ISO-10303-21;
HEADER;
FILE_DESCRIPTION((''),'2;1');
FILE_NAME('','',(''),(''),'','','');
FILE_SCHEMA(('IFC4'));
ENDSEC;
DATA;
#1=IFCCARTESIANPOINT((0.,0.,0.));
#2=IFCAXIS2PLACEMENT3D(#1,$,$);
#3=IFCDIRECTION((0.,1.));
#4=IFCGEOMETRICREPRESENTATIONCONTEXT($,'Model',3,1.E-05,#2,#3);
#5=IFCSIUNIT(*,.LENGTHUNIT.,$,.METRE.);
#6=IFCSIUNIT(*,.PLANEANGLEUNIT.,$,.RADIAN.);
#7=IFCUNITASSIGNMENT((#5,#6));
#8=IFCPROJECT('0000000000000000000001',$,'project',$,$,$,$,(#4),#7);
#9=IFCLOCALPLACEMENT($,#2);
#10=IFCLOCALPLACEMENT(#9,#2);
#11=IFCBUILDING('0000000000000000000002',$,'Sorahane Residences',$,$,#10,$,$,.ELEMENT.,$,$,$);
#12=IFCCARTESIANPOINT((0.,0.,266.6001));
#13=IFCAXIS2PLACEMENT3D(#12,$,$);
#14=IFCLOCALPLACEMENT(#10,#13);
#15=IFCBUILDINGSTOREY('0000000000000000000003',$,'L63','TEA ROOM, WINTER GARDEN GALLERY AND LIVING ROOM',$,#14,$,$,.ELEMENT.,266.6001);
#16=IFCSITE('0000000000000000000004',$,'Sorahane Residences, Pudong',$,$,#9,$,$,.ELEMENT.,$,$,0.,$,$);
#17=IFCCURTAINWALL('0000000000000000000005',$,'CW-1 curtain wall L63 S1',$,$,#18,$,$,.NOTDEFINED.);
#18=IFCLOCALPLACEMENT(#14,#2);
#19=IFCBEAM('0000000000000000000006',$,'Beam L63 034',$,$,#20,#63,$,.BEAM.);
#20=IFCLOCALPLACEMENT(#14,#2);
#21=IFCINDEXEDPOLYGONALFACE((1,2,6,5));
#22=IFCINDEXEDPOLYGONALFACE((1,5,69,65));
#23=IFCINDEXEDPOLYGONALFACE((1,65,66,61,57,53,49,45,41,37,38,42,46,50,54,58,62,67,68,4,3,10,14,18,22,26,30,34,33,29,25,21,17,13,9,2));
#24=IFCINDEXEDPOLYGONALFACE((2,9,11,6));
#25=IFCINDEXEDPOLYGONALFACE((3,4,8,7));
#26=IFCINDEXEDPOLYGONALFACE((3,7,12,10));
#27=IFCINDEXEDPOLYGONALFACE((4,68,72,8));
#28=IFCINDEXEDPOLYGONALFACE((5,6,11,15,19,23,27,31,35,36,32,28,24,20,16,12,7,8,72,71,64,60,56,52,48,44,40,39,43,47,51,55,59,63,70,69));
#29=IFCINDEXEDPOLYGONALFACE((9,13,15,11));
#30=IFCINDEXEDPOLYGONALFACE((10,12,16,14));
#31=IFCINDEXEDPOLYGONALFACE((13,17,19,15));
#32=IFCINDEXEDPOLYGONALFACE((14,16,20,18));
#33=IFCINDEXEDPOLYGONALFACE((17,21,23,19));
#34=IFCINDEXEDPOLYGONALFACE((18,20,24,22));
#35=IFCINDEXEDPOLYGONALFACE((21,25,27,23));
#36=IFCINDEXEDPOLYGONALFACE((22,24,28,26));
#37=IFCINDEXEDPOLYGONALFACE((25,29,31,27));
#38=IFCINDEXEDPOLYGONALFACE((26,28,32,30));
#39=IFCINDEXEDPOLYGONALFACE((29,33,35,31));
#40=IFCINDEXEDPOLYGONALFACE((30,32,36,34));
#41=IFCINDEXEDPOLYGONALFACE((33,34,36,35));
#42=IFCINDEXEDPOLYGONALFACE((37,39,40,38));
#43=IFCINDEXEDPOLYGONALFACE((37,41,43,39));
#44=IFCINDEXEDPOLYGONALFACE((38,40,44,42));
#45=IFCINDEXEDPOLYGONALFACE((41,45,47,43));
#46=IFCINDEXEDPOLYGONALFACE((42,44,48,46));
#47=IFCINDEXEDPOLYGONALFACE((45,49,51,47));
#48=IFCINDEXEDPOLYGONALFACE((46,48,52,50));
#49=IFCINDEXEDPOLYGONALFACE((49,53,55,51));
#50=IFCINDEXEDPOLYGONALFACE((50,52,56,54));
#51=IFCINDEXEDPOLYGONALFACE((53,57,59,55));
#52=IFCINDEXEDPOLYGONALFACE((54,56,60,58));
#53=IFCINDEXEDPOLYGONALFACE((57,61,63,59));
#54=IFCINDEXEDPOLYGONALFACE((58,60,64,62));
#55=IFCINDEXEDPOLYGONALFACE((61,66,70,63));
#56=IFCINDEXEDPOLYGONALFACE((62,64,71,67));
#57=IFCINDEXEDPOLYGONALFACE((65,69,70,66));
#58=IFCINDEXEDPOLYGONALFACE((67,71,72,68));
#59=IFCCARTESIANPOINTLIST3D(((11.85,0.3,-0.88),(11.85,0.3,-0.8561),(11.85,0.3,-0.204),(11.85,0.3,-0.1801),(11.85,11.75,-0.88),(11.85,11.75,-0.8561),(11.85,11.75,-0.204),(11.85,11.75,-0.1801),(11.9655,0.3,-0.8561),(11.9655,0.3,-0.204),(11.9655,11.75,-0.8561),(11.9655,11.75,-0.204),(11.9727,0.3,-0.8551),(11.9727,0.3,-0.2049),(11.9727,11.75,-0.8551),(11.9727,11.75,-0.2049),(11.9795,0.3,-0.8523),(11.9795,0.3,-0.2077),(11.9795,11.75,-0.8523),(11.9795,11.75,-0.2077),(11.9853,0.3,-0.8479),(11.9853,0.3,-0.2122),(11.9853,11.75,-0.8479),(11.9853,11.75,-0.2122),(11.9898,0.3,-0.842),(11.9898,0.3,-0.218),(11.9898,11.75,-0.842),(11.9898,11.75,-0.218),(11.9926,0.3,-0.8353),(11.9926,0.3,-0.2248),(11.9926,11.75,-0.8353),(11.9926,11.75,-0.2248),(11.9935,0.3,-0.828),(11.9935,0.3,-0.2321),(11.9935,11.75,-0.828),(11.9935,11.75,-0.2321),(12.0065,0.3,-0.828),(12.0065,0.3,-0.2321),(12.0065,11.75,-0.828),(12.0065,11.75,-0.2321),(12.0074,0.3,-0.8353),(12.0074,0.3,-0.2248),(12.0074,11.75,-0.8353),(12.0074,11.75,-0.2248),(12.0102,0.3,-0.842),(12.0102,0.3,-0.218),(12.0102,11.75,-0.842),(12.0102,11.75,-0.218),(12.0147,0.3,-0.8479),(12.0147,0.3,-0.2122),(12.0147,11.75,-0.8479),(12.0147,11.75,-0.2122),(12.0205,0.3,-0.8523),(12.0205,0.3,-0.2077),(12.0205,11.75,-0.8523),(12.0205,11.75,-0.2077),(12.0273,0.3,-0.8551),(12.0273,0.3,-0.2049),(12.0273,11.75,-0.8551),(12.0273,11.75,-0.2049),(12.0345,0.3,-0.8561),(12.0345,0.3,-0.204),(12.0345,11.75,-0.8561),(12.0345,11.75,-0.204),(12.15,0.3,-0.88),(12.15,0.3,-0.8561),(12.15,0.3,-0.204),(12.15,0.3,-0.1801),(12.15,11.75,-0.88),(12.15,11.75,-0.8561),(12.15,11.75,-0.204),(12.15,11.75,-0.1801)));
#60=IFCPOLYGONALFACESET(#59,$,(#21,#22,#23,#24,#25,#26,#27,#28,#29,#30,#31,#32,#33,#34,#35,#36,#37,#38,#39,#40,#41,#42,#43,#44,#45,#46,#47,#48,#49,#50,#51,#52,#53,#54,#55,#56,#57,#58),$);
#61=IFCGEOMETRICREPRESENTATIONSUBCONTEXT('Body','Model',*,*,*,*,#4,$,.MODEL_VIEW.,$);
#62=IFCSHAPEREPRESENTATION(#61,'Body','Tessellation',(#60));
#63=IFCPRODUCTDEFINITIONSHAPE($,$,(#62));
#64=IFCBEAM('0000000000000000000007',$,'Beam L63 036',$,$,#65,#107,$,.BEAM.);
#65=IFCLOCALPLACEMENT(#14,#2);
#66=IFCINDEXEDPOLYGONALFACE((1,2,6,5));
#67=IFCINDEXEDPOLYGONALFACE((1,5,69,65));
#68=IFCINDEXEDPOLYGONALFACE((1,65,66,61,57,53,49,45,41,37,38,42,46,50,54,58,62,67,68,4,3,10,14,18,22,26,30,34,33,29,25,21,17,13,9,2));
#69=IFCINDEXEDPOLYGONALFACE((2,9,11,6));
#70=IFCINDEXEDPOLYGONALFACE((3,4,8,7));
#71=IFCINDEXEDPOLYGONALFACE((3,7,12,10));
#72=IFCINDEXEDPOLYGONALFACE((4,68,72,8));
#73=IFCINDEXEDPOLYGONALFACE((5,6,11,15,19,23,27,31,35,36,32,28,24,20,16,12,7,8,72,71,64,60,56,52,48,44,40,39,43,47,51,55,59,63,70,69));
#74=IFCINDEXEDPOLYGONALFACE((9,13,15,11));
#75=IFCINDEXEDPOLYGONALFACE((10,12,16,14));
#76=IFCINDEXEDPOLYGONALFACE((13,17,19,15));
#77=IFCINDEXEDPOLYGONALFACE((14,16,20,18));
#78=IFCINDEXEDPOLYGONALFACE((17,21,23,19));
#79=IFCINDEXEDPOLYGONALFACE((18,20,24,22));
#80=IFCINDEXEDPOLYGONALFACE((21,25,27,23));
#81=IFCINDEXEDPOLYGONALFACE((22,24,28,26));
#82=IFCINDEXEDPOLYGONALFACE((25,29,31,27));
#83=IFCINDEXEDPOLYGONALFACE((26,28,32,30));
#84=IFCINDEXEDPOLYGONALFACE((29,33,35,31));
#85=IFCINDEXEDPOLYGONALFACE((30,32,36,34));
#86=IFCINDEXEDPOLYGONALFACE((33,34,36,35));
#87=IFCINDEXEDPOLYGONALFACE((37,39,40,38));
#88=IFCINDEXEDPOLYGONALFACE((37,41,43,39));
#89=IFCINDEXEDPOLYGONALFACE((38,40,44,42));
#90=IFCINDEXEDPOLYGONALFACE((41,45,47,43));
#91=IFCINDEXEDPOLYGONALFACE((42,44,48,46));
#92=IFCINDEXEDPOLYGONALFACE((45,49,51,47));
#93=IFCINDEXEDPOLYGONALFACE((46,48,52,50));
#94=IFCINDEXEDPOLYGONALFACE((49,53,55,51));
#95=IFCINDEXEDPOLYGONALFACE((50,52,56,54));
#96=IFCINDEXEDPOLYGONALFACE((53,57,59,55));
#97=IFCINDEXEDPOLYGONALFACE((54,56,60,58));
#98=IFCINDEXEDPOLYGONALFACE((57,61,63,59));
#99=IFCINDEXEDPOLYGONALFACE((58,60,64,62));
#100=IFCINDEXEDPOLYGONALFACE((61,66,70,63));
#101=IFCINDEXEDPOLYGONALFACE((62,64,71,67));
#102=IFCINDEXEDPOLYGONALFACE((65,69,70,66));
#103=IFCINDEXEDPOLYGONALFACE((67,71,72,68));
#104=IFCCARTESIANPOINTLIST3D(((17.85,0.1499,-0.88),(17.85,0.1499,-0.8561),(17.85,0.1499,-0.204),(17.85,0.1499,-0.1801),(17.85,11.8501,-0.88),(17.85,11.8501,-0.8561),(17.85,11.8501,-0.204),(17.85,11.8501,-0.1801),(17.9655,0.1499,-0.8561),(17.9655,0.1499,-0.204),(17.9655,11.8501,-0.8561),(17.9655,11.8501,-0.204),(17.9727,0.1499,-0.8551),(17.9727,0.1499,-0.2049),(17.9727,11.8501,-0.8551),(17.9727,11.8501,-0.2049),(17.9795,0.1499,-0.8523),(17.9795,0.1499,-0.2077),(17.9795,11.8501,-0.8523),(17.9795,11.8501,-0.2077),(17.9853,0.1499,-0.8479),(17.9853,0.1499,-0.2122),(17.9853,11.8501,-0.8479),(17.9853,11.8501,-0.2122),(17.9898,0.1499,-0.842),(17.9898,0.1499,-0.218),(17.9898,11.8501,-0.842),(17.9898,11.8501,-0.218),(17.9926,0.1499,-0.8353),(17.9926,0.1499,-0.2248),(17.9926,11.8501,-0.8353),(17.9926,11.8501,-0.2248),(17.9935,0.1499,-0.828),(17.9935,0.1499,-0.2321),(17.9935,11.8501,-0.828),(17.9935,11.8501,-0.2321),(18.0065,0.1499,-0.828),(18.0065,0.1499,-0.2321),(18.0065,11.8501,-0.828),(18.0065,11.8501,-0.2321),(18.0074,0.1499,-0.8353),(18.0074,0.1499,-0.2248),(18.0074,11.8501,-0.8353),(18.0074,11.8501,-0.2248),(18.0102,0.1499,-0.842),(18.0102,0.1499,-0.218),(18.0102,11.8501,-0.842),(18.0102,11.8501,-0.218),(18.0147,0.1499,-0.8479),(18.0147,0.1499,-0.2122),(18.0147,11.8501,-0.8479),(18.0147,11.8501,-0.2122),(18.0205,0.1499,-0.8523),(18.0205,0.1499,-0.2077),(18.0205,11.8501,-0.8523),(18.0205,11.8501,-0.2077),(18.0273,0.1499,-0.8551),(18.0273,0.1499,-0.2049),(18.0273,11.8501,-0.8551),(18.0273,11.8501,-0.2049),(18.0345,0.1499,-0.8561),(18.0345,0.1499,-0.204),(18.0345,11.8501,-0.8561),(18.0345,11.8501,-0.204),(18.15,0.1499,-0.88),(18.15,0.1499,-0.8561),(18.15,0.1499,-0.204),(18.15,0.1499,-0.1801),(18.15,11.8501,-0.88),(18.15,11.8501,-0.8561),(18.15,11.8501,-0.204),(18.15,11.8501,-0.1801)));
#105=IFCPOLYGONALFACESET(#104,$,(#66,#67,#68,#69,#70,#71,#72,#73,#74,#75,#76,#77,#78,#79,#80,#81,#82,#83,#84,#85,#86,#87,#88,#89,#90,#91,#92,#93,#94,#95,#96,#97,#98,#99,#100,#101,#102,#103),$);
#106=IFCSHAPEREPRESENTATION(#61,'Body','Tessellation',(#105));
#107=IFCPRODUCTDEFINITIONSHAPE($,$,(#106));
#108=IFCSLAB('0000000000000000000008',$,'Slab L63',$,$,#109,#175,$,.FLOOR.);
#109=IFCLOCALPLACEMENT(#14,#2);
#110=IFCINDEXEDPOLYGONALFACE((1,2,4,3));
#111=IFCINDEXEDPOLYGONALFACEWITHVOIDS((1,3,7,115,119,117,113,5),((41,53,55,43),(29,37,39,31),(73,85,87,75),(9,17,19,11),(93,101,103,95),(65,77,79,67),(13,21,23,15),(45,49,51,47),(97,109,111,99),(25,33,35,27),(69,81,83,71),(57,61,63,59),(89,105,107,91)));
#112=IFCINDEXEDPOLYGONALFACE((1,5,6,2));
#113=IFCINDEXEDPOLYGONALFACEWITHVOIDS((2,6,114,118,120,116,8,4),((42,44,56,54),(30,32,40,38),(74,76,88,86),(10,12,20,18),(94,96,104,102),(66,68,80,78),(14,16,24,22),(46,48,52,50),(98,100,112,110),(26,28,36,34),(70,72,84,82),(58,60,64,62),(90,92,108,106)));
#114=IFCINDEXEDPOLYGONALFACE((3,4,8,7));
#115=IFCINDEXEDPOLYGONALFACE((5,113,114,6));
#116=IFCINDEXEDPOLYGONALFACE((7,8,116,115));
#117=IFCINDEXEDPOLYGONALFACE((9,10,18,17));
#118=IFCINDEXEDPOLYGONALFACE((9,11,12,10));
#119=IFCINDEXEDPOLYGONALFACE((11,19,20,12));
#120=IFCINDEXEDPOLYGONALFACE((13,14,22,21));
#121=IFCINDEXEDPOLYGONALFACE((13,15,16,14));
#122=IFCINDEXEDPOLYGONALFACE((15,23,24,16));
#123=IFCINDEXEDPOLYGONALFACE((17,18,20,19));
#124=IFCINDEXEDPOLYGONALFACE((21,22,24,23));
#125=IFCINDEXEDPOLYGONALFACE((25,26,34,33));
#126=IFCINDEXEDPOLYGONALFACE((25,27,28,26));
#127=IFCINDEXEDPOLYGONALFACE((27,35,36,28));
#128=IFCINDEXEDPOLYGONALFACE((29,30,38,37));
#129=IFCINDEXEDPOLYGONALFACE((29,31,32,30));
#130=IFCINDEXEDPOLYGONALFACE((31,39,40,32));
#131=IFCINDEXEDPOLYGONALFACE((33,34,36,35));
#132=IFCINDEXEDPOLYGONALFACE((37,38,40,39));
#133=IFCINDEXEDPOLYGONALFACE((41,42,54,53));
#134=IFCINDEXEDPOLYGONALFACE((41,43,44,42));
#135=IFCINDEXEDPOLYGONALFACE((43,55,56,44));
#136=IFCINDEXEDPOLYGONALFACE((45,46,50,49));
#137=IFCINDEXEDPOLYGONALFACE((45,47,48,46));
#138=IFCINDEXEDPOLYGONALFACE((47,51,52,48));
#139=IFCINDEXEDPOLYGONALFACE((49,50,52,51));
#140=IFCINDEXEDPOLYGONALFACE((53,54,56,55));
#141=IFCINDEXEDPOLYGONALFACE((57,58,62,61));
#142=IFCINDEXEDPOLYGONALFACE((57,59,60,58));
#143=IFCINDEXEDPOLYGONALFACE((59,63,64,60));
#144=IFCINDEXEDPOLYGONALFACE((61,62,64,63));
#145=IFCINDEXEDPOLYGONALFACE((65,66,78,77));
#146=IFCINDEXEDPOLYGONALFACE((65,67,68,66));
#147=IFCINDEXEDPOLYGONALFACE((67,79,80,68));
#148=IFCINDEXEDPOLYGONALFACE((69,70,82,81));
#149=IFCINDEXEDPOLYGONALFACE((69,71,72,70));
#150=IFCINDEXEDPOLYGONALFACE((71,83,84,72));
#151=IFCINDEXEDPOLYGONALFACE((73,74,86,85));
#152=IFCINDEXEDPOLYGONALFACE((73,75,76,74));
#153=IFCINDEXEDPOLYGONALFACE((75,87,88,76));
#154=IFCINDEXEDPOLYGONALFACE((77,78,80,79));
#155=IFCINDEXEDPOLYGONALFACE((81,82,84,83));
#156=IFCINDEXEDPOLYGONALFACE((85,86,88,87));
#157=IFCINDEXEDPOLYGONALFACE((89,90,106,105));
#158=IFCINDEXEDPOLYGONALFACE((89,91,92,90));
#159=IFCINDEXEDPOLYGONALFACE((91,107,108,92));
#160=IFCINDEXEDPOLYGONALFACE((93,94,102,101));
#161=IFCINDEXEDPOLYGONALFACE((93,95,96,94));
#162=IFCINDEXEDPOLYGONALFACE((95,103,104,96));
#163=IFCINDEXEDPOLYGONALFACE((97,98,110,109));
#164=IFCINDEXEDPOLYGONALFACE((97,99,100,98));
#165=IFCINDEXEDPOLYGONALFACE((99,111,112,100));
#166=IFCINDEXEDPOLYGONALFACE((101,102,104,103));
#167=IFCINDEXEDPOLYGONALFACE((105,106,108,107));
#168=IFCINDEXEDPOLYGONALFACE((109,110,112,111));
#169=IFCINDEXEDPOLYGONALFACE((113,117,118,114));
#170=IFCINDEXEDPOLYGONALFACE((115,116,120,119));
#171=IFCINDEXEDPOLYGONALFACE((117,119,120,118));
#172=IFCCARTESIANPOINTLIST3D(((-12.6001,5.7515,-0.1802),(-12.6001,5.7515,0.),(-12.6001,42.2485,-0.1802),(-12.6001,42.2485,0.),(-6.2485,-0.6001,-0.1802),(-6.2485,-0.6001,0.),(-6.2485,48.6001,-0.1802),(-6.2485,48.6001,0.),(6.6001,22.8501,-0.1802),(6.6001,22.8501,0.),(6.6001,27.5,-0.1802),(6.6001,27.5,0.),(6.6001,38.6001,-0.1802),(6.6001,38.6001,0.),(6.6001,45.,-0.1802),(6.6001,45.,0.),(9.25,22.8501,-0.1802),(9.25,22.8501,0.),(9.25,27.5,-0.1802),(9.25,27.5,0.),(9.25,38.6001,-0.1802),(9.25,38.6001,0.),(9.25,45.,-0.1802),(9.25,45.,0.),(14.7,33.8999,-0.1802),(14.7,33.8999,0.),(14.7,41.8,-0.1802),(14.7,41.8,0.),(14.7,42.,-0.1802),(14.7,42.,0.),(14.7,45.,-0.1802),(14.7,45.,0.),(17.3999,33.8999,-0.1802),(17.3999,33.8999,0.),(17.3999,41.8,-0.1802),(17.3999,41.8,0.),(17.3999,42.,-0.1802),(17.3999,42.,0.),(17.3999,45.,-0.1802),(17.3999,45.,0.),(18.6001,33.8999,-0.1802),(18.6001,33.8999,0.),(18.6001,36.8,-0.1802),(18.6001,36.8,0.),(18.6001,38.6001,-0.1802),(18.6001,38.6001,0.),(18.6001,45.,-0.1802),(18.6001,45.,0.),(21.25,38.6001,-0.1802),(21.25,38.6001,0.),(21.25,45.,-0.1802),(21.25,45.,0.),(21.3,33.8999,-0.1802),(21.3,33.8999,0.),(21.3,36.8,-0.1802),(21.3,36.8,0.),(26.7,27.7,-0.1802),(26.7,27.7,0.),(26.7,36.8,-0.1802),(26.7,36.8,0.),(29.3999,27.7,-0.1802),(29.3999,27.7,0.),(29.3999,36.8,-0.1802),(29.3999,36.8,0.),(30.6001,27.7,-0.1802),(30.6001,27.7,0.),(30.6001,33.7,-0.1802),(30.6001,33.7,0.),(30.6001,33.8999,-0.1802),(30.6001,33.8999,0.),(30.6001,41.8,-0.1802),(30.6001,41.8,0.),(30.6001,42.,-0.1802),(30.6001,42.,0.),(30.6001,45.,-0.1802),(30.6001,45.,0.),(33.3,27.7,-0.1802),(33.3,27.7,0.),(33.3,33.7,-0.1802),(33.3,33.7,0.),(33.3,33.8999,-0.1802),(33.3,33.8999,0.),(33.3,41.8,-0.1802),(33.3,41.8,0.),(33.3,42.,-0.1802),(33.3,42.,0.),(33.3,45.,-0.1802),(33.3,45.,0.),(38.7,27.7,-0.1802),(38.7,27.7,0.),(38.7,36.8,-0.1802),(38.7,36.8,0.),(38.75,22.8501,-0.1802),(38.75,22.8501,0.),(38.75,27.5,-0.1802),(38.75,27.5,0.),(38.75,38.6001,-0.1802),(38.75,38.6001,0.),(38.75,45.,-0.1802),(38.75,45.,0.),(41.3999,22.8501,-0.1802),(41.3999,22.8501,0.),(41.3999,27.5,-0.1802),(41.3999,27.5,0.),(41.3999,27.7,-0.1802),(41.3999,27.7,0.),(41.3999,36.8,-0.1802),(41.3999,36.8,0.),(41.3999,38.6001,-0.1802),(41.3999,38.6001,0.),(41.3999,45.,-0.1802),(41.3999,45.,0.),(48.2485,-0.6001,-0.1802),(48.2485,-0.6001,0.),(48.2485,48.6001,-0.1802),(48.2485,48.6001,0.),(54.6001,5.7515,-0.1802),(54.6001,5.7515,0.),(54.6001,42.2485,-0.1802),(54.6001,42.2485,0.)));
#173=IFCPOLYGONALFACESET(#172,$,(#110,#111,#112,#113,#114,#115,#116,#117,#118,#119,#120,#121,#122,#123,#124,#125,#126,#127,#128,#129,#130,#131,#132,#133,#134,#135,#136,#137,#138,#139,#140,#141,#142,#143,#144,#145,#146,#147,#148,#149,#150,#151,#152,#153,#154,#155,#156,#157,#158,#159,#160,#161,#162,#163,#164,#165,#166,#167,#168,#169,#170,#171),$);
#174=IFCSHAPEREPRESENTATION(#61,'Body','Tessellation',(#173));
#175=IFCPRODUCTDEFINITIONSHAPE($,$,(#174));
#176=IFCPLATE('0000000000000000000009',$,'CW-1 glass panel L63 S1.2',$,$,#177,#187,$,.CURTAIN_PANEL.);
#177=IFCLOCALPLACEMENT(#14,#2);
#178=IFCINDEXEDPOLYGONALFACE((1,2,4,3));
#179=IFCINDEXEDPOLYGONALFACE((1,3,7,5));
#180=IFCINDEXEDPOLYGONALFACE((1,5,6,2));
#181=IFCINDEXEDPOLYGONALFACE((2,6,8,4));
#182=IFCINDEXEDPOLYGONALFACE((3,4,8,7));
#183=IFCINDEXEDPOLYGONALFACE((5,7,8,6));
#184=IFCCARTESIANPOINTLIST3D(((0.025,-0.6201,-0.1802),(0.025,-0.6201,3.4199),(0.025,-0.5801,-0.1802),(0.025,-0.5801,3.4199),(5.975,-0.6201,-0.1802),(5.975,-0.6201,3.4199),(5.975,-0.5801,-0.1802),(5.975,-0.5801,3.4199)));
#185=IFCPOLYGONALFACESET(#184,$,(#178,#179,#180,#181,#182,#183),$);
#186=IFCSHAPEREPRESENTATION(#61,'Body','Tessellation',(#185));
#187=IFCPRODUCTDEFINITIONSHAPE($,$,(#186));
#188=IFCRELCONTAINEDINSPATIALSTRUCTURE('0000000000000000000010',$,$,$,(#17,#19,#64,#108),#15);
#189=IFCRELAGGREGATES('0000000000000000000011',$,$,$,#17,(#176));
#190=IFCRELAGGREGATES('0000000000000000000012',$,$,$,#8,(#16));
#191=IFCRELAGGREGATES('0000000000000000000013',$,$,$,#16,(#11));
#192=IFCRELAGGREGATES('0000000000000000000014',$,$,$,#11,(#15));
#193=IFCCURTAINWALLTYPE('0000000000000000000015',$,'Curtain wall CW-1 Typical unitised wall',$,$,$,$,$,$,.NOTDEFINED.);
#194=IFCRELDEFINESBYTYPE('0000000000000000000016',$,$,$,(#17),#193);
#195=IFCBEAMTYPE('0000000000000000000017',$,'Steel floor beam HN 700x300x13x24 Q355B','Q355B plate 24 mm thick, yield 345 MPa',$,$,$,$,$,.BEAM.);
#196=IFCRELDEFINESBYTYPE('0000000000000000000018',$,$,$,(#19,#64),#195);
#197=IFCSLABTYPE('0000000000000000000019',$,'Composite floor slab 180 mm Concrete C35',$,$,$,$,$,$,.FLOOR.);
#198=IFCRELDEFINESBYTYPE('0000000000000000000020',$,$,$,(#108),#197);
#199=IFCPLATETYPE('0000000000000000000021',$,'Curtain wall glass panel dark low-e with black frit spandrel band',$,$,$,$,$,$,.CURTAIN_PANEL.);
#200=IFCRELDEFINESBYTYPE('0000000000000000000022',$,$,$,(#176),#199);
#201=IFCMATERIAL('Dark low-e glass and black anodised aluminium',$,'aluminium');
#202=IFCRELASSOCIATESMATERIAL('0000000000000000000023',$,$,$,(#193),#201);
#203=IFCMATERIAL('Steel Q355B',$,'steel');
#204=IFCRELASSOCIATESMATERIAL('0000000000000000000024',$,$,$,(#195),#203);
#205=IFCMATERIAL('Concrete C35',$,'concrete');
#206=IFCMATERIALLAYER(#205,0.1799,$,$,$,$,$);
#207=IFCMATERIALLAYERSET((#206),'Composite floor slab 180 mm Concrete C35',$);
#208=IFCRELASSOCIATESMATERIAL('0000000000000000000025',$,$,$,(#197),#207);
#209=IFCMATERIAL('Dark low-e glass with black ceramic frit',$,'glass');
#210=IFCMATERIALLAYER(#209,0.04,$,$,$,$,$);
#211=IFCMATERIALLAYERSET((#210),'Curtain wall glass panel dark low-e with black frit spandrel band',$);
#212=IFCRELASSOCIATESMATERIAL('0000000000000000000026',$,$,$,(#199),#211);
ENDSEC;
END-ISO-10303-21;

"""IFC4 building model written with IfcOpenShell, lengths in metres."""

from ifc_helpers import new_model, si_unit, direction, frame, origin, origin_2d, place, context, subcontext, project, spatial, polyline, rectangle, i_section, outline, extrude, material, layer, layer_set, material_profile, profile_set, type_object, element, aggregate, save


model = new_model("IFC4")

# Units and contexts
model_context = context("Model", 3, precision=1e-05, world=origin(), true_north=direction((0.0, 1.0)))
body_context = subcontext(model_context, "Body", "Model", "MODEL_VIEW")
ifc_project = project(units=[si_unit("LENGTHUNIT", "METRE"), si_unit("PLANEANGLEUNIT", "RADIAN")], contexts=[model_context])

# Site, building, storey
site_placement = place(None, origin())
site = spatial("IfcSite", under=ifc_project, at=site_placement, Name="Sorahane Residences, Pudong", CompositionType="ELEMENT", RefElevation=0.0)
building_placement = place(site_placement, origin())
building = spatial("IfcBuilding", under=site, at=building_placement, Name="Sorahane Residences", CompositionType="ELEMENT")
storey_placement = place(building_placement, frame((0.0, 0.0, 266.6001)))
storey = spatial("IfcBuildingStorey", under=building, at=storey_placement, Name="L63", Description="TEA ROOM, WINTER GARDEN GALLERY AND LIVING ROOM", CompositionType="ELEMENT", Elevation=266.6001)

# Curtain wall
ifc_material_1 = material(Name="Dark low-e glass and black anodised aluminium", Category="aluminium")
curtain_wall_type = type_object("IfcCurtainWallType", Name="Curtain wall CW-1 Typical unitised wall", PredefinedType="NOTDEFINED", material=ifc_material_1)
curtain_wall_placement = place(storey_placement, origin())
curtain_wall = element("IfcCurtainWall", 1, at=curtain_wall_placement, inside=storey, type_object=curtain_wall_type, Name="CW-1 curtain wall L63 S1", PredefinedType="NOTDEFINED")

# Beams
ifc_material_2 = material(Name="Steel Q355B", Category="steel")
ifc_material_profile_1 = material_profile(ifc_material_2, i_section(OverallWidth=0.3, OverallDepth=0.7, WebThickness=0.0129, FlangeThickness=0.0239, FilletRadius=0.0281, at=origin_2d()), Name="HN 700x300x13x24")
ifc_profile_set_1 = profile_set([ifc_material_profile_1], Name="Steel Q355B")
beam_type_1 = type_object("IfcBeamType", Name="Steel floor beam HN 700x300x13x24 Q355B", Description="Q355B plate 24 mm thick, yield 345 MPa", PredefinedType="BEAM", material=ifc_profile_set_1)
beam_1_placement = place(storey_placement, frame((12.0, 0.3, -0.53), z_axis=(0.0, 1.0, 0.0), x_axis=(-1.0, 0.0, 0.0)))
element("IfcBeam", 2, at=beam_1_placement, inside=storey, type_object=beam_type_1, Name="Beam L63 034", PredefinedType="BEAM", context=body_context, shape_type="SweptSolid", body=[
    extrude(i_section(OverallWidth=0.3, OverallDepth=0.7, WebThickness=0.0129, FlangeThickness=0.0239, FilletRadius=0.0281, at=origin_2d()), origin(), (0.0, 0.0, 1.0), 11.45),
])
beam_2_placement = place(storey_placement, frame((18.0, 0.1499, -0.53), z_axis=(0.0, 1.0, 0.0), x_axis=(-1.0, 0.0, 0.0)))
element("IfcBeam", 3, at=beam_2_placement, inside=storey, type_object=beam_type_1, Name="Beam L63 036", PredefinedType="BEAM", context=body_context, shape_type="SweptSolid", body=[
    extrude(i_section(OverallWidth=0.3, OverallDepth=0.7, WebThickness=0.0129, FlangeThickness=0.0239, FilletRadius=0.0281, at=origin_2d()), origin(), (0.0, 0.0, 1.0), 11.7002),
])

# Slab
ifc_material_3 = material(Name="Concrete C35", Category="concrete")
ifc_layer_1 = layer(ifc_material_3, 0.1799)
ifc_layer_set_1 = layer_set([ifc_layer_1], Name="Composite floor slab 180 mm Concrete C35")
slab_type_1 = type_object("IfcSlabType", Name="Composite floor slab 180 mm Concrete C35", PredefinedType="FLOOR", material=ifc_layer_set_1)
slab_1_placement = place(storey_placement, frame((0.0, 0.0, -0.1802)))
element("IfcSlab", 4, at=slab_1_placement, inside=storey, type_object=slab_type_1, Name="Slab L63", PredefinedType="FLOOR", context=body_context, shape_type="SweptSolid", body=[
    extrude(outline(polyline([(-6.2485, -0.6001), (-12.6001, 5.7515), (-12.6001, 42.2485), (-6.2485, 48.6001), (48.2485, 48.6001), (54.6001, 42.2485), (54.6001, 5.7515), (48.2485, -0.6001), (-6.2485, -0.6001)]), holes=[polyline([(38.7, 27.7), (41.3999, 27.7), (41.3999, 36.8), (38.7, 36.8), (38.7, 27.7)]), polyline([(30.6001, 27.7), (33.3, 27.7), (33.3, 33.7), (30.6001, 33.7), (30.6001, 27.7)]), polyline([(30.6001, 42.0), (33.3, 42.0), (33.3, 45.0), (30.6001, 45.0), (30.6001, 42.0)]), polyline([(14.7, 42.0), (17.3999, 42.0), (17.3999, 45.0), (14.7, 45.0), (14.7, 42.0)]), polyline([(9.25, 38.6001), (9.25, 45.0), (6.6001, 45.0), (6.6001, 38.6001), (9.25, 38.6001)]), polyline([(41.3999, 38.6001), (41.3999, 45.0), (38.75, 45.0), (38.75, 38.6001), (41.3999, 38.6001)]), polyline([(21.25, 38.6001), (21.25, 45.0), (18.6001, 45.0), (18.6001, 38.6001), (21.25, 38.6001)]), polyline([(9.25, 22.8501), (9.25, 27.5), (6.6001, 27.5), (6.6001, 22.8501), (9.25, 22.8501)]), polyline([(41.3999, 22.8501), (41.3999, 27.5), (38.75, 27.5), (38.75, 22.8501), (41.3999, 22.8501)]), polyline([(14.7, 33.8999), (17.3999, 33.8999), (17.3999, 41.8), (14.7, 41.8), (14.7, 33.8999)]), polyline([(30.6001, 33.8999), (33.3, 33.8999), (33.3, 41.8), (30.6001, 41.8), (30.6001, 33.8999)]), polyline([(18.6001, 33.8999), (21.3, 33.8999), (21.3, 36.8), (18.6001, 36.8), (18.6001, 33.8999)]), polyline([(26.7, 27.7), (29.3999, 27.7), (29.3999, 36.8), (26.7, 36.8), (26.7, 27.7)])]), origin(), (0.0, 0.0, 1.0), 0.1802),
])

# Plate
ifc_material_4 = material(Name="Dark low-e glass with black ceramic frit", Category="glass")
ifc_layer_2 = layer(ifc_material_4, 0.04)
ifc_layer_set_2 = layer_set([ifc_layer_2], Name="Curtain wall glass panel dark low-e with black frit spandrel band")
plate_type = type_object("IfcPlateType", Name="Curtain wall glass panel dark low-e with black frit spandrel band", PredefinedType="CURTAIN_PANEL", material=ifc_layer_set_2)
plate_1_placement = place(storey_placement, frame((3.0, -0.6001, -0.1802), z_axis=(0.0, 0.0, 1.0), x_axis=(1.0, 0.0, 0.0)))
plate_1 = element("IfcPlate", 5, at=plate_1_placement, type_object=plate_type, Name="CW-1 glass panel L63 S1.2", PredefinedType="CURTAIN_PANEL", context=body_context, shape_type="SweptSolid", body=[
    extrude(rectangle(XDim=5.95, YDim=0.04, at=origin_2d()), origin(), (0.0, 0.0, 1.0), 3.6001),
])
aggregate(curtain_wall, [plate_1])

save(model, "model.ifc")
